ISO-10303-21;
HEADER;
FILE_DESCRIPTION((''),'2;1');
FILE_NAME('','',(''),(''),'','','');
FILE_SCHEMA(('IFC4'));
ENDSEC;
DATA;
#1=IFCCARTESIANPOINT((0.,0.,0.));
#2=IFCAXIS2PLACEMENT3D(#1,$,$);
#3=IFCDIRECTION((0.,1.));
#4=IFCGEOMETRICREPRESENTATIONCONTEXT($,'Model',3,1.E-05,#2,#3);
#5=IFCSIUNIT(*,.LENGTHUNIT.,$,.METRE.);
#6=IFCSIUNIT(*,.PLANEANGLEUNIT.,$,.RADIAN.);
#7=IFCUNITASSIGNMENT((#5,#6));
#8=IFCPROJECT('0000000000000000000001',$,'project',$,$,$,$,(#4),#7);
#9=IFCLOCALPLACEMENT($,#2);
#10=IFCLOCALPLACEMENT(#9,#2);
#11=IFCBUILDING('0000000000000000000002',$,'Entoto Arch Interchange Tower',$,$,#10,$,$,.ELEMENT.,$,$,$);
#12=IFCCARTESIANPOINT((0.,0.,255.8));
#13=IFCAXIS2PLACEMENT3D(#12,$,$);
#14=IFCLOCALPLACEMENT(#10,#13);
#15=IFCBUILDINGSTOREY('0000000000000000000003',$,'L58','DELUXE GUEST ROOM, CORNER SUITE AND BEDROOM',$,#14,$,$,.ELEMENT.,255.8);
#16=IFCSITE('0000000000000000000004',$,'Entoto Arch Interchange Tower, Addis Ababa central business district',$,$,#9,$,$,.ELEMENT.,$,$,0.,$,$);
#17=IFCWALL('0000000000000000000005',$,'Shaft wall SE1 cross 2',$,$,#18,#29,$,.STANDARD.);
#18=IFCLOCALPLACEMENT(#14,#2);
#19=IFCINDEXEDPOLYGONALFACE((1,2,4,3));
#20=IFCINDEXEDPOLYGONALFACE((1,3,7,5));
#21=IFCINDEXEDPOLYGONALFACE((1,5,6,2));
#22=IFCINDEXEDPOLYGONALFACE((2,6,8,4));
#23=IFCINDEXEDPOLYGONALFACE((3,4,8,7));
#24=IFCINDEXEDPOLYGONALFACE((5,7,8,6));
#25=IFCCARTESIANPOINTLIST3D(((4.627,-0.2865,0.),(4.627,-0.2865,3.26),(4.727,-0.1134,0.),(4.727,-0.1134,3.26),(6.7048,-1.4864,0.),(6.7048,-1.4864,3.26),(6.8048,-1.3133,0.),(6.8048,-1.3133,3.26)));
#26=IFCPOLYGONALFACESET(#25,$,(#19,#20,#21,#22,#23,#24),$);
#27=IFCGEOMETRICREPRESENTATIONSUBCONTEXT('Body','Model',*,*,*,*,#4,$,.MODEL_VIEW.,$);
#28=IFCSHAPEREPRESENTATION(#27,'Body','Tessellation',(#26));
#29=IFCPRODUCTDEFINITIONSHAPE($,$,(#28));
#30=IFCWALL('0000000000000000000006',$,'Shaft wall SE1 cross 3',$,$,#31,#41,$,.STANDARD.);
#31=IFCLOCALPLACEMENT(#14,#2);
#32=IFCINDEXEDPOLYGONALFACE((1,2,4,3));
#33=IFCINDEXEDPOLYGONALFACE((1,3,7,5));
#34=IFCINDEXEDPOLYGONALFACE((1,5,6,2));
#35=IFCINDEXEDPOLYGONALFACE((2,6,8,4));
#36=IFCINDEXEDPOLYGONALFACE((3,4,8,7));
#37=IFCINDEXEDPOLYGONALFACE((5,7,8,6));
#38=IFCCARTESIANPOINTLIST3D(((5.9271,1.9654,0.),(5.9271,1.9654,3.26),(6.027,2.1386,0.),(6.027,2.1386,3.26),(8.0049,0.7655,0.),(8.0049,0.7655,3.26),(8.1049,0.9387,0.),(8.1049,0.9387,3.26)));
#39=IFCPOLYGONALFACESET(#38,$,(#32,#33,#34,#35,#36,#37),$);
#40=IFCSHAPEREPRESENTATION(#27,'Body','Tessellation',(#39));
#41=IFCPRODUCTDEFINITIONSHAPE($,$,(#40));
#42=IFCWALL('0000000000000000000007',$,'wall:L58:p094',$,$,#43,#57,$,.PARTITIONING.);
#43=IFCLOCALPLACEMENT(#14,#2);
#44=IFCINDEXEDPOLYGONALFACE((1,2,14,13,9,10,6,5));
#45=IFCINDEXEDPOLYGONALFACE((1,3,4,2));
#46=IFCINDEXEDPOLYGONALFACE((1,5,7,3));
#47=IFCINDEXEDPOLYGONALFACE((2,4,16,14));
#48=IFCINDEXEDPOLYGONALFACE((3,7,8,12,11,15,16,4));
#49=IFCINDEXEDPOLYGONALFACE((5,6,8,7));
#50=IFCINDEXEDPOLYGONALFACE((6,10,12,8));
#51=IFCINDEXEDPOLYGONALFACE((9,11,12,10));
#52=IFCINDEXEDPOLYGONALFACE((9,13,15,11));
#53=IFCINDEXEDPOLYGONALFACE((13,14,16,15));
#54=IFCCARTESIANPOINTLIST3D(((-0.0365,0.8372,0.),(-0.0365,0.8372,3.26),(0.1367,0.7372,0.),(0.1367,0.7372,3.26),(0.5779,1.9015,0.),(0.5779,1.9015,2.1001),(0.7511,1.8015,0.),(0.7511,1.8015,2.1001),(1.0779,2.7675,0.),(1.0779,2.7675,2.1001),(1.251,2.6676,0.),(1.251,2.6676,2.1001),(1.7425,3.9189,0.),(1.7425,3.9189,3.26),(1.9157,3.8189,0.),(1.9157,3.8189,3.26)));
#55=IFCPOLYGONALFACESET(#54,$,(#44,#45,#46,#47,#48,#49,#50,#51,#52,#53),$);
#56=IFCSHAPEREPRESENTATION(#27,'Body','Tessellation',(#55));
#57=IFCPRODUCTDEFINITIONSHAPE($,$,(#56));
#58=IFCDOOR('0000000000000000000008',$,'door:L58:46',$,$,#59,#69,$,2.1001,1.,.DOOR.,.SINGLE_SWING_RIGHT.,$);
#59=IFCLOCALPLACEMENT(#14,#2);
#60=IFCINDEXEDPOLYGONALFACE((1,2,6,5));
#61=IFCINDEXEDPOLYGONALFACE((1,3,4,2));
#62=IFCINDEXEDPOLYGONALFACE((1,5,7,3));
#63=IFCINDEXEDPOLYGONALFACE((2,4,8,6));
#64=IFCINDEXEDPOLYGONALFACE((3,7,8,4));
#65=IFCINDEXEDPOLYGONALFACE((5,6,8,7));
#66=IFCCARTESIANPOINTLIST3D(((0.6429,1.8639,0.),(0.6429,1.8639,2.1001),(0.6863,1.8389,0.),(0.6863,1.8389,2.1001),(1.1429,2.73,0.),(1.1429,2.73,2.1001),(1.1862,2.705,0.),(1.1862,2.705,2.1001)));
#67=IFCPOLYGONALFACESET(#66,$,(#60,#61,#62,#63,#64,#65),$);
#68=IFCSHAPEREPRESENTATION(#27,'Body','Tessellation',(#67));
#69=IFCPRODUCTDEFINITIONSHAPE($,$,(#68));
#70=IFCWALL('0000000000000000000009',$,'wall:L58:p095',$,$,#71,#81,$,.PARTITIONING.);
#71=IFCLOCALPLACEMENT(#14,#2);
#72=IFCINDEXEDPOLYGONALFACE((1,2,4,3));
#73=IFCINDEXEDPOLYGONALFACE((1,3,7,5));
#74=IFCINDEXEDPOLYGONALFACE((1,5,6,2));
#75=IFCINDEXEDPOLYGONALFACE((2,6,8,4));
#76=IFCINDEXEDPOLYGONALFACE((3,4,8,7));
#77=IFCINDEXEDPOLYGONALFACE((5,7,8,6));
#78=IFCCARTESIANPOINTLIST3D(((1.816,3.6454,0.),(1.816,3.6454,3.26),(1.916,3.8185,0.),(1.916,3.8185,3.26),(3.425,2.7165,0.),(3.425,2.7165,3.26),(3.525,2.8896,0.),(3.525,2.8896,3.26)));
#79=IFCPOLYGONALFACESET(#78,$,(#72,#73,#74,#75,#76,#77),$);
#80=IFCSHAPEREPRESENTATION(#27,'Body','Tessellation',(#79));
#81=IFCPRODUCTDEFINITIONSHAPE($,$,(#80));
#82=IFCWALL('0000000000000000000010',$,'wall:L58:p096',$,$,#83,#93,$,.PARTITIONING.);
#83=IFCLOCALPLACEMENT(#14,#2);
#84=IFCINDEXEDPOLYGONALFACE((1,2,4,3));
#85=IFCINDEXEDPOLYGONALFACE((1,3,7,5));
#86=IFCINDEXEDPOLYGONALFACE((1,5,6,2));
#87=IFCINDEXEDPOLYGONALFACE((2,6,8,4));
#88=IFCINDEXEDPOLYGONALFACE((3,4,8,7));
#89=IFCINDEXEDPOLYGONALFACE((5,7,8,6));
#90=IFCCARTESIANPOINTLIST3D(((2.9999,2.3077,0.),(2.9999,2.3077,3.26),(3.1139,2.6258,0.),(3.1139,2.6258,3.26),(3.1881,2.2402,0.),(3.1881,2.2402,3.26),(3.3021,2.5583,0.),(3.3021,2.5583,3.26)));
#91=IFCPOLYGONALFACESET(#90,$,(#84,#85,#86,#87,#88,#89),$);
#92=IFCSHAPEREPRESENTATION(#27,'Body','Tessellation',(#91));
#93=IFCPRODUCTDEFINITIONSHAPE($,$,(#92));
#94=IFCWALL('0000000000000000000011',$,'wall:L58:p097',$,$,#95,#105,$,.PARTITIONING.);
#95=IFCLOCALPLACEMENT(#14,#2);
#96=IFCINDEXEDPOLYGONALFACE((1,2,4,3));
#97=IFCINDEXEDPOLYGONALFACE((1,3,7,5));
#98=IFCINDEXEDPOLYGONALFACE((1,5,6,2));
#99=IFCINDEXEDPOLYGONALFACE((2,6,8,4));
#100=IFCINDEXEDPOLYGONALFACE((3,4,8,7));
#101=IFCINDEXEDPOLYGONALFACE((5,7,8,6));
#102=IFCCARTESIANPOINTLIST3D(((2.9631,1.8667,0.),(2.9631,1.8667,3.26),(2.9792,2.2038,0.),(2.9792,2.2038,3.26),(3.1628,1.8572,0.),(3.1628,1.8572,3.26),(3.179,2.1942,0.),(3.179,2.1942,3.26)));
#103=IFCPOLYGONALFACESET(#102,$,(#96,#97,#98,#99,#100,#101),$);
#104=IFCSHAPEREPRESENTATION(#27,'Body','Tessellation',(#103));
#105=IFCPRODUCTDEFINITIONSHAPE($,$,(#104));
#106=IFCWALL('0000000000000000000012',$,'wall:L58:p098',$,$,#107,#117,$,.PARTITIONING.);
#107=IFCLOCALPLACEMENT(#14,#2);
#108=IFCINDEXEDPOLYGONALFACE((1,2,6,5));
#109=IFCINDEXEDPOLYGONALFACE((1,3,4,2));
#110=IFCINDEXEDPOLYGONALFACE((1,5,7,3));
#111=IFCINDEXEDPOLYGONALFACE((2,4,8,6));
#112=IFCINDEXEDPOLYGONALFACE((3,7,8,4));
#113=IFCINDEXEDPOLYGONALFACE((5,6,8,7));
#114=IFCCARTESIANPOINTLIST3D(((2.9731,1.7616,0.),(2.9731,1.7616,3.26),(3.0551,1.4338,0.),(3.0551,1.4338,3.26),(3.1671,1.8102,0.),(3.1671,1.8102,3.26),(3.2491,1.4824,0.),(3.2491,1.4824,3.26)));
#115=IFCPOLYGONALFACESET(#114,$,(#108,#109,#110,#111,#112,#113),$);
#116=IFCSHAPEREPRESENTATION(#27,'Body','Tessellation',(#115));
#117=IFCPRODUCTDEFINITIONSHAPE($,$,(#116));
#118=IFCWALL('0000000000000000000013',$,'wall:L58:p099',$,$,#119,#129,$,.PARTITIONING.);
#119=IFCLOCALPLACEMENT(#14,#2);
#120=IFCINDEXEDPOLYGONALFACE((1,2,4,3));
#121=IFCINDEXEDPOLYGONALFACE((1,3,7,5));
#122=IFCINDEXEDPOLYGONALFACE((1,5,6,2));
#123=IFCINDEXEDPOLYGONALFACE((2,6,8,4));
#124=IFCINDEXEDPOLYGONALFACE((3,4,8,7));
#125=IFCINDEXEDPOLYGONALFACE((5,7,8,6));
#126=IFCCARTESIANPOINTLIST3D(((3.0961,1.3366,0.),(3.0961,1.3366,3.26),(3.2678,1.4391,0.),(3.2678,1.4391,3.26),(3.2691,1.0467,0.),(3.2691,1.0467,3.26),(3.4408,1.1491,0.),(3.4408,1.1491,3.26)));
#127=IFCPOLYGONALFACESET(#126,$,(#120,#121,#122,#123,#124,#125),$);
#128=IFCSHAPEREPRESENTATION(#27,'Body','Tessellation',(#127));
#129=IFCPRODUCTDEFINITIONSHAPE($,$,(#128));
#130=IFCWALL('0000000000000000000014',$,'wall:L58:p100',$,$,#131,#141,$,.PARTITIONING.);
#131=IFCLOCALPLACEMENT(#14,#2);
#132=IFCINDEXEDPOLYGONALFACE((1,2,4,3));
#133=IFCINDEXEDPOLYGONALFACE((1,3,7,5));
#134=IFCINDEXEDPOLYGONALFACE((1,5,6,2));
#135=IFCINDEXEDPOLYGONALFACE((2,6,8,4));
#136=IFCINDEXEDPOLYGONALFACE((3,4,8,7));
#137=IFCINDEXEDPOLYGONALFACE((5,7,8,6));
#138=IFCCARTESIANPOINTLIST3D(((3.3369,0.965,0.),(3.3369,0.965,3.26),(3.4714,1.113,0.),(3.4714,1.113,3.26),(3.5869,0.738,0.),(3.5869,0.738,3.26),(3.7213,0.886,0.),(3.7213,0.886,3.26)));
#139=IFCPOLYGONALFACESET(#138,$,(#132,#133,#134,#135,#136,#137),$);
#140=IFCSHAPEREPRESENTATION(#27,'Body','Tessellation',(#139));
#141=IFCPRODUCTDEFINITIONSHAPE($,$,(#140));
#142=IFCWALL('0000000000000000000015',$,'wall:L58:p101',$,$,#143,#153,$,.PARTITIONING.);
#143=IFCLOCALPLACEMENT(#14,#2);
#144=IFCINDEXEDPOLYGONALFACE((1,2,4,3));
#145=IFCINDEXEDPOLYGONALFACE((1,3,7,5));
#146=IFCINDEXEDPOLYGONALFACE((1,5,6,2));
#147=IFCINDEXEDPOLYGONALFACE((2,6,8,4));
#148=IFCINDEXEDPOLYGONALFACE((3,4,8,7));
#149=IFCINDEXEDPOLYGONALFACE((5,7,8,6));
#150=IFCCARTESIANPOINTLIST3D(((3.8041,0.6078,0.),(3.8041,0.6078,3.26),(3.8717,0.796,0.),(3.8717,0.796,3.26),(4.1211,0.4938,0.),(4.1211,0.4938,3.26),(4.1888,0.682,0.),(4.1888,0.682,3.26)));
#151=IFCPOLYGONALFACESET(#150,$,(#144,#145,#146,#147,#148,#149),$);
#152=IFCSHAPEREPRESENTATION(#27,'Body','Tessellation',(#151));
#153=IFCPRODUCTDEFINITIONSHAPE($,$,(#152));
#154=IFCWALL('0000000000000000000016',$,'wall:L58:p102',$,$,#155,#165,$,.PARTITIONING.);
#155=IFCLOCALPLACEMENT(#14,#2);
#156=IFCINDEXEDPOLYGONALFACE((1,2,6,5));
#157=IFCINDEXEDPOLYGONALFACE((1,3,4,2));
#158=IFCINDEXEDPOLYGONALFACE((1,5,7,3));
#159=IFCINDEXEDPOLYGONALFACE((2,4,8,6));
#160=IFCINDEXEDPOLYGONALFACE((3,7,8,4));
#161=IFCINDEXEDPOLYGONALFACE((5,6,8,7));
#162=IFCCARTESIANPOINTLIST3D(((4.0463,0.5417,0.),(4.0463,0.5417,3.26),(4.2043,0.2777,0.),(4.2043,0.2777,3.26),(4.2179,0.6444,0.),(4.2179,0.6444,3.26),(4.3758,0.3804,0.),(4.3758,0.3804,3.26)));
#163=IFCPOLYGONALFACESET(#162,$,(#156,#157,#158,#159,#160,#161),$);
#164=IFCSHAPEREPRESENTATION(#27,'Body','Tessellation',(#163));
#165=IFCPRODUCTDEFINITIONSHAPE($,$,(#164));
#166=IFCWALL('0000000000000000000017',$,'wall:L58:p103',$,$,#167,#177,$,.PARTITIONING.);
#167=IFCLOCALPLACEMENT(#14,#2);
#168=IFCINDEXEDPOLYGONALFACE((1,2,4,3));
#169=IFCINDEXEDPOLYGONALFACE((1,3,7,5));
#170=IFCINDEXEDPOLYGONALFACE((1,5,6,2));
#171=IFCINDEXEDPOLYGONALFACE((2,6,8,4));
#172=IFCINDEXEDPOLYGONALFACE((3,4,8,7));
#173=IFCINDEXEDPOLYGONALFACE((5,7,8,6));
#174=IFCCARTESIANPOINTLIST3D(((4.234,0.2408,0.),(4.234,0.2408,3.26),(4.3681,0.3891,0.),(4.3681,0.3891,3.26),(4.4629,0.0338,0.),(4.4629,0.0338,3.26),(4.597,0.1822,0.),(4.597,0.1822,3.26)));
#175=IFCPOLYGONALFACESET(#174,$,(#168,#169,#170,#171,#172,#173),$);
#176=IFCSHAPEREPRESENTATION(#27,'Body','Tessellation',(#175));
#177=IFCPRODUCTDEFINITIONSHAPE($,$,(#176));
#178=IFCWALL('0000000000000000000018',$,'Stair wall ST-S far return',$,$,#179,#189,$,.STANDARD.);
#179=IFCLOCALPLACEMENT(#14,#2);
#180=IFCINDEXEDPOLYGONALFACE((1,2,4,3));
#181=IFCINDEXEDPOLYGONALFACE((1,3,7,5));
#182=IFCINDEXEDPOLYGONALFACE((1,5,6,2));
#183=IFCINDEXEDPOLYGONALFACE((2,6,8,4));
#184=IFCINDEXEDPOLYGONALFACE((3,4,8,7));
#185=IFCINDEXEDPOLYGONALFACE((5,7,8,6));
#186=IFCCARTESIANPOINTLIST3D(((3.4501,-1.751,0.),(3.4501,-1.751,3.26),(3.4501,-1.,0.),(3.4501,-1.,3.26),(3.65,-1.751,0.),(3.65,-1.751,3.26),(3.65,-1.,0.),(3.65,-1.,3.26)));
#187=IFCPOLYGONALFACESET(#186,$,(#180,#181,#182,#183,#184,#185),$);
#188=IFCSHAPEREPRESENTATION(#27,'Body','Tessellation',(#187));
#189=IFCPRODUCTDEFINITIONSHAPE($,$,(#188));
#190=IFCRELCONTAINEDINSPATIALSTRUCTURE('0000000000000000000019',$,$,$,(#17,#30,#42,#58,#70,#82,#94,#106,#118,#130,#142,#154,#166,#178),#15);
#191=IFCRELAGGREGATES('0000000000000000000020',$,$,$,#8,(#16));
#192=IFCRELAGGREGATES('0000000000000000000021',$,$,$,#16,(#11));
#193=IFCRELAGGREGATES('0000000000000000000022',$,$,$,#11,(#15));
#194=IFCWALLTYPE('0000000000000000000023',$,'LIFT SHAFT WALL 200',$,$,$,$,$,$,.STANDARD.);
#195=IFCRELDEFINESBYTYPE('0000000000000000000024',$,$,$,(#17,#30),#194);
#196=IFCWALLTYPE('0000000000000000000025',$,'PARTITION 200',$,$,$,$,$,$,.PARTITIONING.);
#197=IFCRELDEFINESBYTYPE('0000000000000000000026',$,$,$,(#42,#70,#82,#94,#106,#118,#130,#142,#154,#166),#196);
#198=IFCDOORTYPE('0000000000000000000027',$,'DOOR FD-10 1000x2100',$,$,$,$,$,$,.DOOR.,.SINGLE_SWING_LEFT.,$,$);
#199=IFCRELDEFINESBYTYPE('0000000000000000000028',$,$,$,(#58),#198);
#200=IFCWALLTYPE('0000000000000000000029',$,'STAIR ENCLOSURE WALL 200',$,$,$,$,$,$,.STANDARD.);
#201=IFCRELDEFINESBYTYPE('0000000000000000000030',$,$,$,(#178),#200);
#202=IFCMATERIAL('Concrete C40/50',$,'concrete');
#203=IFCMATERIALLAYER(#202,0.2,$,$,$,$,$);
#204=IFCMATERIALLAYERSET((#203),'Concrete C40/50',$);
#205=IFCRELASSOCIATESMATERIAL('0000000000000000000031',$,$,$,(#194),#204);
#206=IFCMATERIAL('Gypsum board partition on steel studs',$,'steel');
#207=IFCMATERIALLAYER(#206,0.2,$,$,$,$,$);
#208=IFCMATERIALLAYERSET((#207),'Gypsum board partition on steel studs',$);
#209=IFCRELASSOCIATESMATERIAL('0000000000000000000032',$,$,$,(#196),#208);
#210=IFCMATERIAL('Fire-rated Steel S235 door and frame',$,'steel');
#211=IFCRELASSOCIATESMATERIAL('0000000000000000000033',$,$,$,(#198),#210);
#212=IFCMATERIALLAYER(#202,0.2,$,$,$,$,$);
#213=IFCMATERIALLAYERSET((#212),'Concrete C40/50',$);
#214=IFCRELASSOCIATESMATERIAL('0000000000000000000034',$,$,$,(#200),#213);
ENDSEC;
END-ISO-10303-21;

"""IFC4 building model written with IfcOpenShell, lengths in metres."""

from ifc_helpers import new_model, si_unit, direction, frame, frame_2d, origin, place, context, subcontext, project, spatial, rectangle, extrude, material, layer, layer_set, type_object, element, fill, save


model = new_model("IFC4")

# Units and contexts
model_context = context("Model", 3, precision=1e-05, world=origin(), true_north=direction((0.0, 1.0)))
body_context = subcontext(model_context, "Body", "Model", "MODEL_VIEW")
ifc_project = project(units=[si_unit("LENGTHUNIT", "METRE"), si_unit("PLANEANGLEUNIT", "RADIAN")], contexts=[model_context])

# Site, building, storey
site_placement = place(None, origin())
site = spatial("IfcSite", under=ifc_project, at=site_placement, Name="Entoto Arch Interchange Tower, Addis Ababa central business district", CompositionType="ELEMENT", RefElevation=0.0)
building_placement = place(site_placement, origin())
building = spatial("IfcBuilding", under=site, at=building_placement, Name="Entoto Arch Interchange Tower", CompositionType="ELEMENT")
storey_placement = place(building_placement, frame((0.0, 0.0, 255.8)))
storey = spatial("IfcBuildingStorey", under=building, at=storey_placement, Name="L58", Description="DELUXE GUEST ROOM, CORNER SUITE AND BEDROOM", CompositionType="ELEMENT", Elevation=255.8)

# Walls
ifc_material_1 = material(Name="Concrete C40/50", Category="concrete")
ifc_layer_1 = layer(ifc_material_1, 0.2)
ifc_layer_set_1 = layer_set([ifc_layer_1], Name="Concrete C40/50")
wall_type_1 = type_object("IfcWallType", Name="LIFT SHAFT WALL 200", PredefinedType="STANDARD", material=ifc_layer_set_1)
for number, where, z_axis, x_axis, name in (
    (1, (4.677, -0.2, 0.0), (0.0, 0.0, 1.0), (0.865974, -0.500089, 0.0), "Shaft wall SE1 cross 2"),
    (2, (5.9771, 2.052, 0.0), (0.0, 0.0, 1.0), (0.865974, -0.500089, 0.0), "Shaft wall SE1 cross 3"),
):
    element("IfcWall", number, at=place(storey_placement, frame(where, z_axis=z_axis, x_axis=x_axis)), inside=storey, type_object=wall_type_1, Name=name, PredefinedType="STANDARD", context=body_context, shape_type="SweptSolid", body=[
        extrude(rectangle(XDim=2.3994, YDim=0.2, at=frame_2d((1.1997, 0.0))), origin(), (0.0, 0.0, 1.0), 3.26),
    ])

# Wall, opening, door
ifc_material_2 = material(Name="Gypsum board partition on steel studs", Category="steel")
ifc_layer_2 = layer(ifc_material_2, 0.2)
ifc_layer_set_2 = layer_set([ifc_layer_2], Name="Gypsum board partition on steel studs")
wall_type_2 = type_object("IfcWallType", Name="PARTITION 200", PredefinedType="PARTITIONING", material=ifc_layer_set_2)
wall_1_placement = place(storey_placement, frame((0.05, 0.7871, 0.0), z_axis=(0.0, 0.0, 1.0), x_axis=(0.499954, 0.866052, 0.0)))
wall_1 = element("IfcWall", 3, at=wall_1_placement, inside=storey, type_object=wall_type_2, Name="wall:L58:p094", PredefinedType="PARTITIONING", context=body_context, shape_type="SweptSolid", body=[
    extrude(rectangle(XDim=3.5583, YDim=0.2, at=frame_2d((1.7793, 0.0))), origin(), (0.0, 0.0, 1.0), 3.26),
])
opening_1_placement = place(wall_1_placement, frame((1.229, 0.0, 0.0)))
opening_1 = element("IfcOpeningElement", 4, at=opening_1_placement, cuts=wall_1, PredefinedType="OPENING", context=body_context, shape_type="SweptSolid", body=[
    extrude(rectangle(XDim=1.0, YDim=2.1001, at=frame_2d((0.5, 1.05))), frame((0.0, 0.1099, 0.0), z_axis=(0.0, -1.0, 0.0), x_axis=(1.0, 0.0, 0.0)), (0.0, 0.0, 1.0), 0.22),
])
ifc_material_3 = material(Name="Fire-rated Steel S235 door and frame", Category="steel")
door_type_1 = type_object("IfcDoorType", Name="DOOR FD-10 1000x2100", OperationType="SINGLE_SWING_LEFT", PredefinedType="DOOR", material=ifc_material_3)
door_1_placement = place(opening_1_placement, origin())
door_1 = element("IfcDoor", 5, at=door_1_placement, inside=storey, type_object=door_type_1, Name="door:L58:46", OperationType="SINGLE_SWING_RIGHT", OverallHeight=2.1001, OverallWidth=1.0, PredefinedType="DOOR", context=body_context, shape_type="SweptSolid", body=[
    extrude(rectangle(XDim=1.0, YDim=2.1001, at=frame_2d((0.5, 1.05))), frame((0.0, 0.0249, 0.0), z_axis=(0.0, -1.0, 0.0), x_axis=(1.0, 0.0, 0.0)), (0.0, 0.0, 1.0), 0.05),
])
fill(opening_1, door_1)

# Walls
wall_2_placement = place(storey_placement, frame((1.866, 3.7319, 0.0), z_axis=(0.0, 0.0, 1.0), x_axis=(0.866043, -0.499969, 0.0)))
element("IfcWall", 6, at=wall_2_placement, inside=storey, type_object=wall_type_2, Name="wall:L58:p095", PredefinedType="PARTITIONING", context=body_context, shape_type="SweptSolid", body=[
    extrude(rectangle(XDim=1.8579, YDim=0.2, at=frame_2d((0.929, 0.0))), origin(), (0.0, 0.0, 1.0), 3.26),
])
wall_3_placement = place(storey_placement, frame((3.208, 2.592, 0.0), z_axis=(0.0, 0.0, 1.0), x_axis=(-0.337389, -0.941365, 0.0)))
element("IfcWall", 7, at=wall_3_placement, inside=storey, type_object=wall_type_2, Name="wall:L58:p096", PredefinedType="PARTITIONING", context=body_context, shape_type="SweptSolid", body=[
    extrude(rectangle(XDim=0.3379, YDim=0.2, at=frame_2d((0.1689, 0.0))), origin(), (0.0, 0.0, 1.0), 3.26),
])
wall_4_placement = place(storey_placement, frame((3.0791, 2.199, 0.0), z_axis=(0.0, 0.0, 1.0), x_axis=(-0.047771, -0.998858, 0.0)))
element("IfcWall", 8, at=wall_4_placement, inside=storey, type_object=wall_type_2, Name="wall:L58:p097", PredefinedType="PARTITIONING", context=body_context, shape_type="SweptSolid", body=[
    extrude(rectangle(XDim=0.3374, YDim=0.2, at=frame_2d((0.1687, 0.0))), origin(), (0.0, 0.0, 1.0), 3.26),
])
wall_5_placement = place(storey_placement, frame((3.0701, 1.7859, 0.0), z_axis=(0.0, 0.0, 1.0), x_axis=(0.242706, -0.9701, 0.0)))
element("IfcWall", 9, at=wall_5_placement, inside=storey, type_object=wall_type_2, Name="wall:L58:p098", PredefinedType="PARTITIONING", context=body_context, shape_type="SweptSolid", body=[
    extrude(rectangle(XDim=0.3379, YDim=0.2, at=frame_2d((0.1689, 0.0))), origin(), (0.0, 0.0, 1.0), 3.26),
])
for number, where, z_axis, x_axis, name in (
    (10, (3.1819, 1.3879, 0.0), (0.0, 0.0, 1.0), (0.512475, -0.858702, 0.0), "wall:L58:p099"),
    (11, (3.4041, 1.0391, 0.0), (0.0, 0.0, 1.0), (0.740267, -0.672313, 0.0), "wall:L58:p100"),
):
    element("IfcWall", number, at=place(storey_placement, frame(where, z_axis=z_axis, x_axis=x_axis)), inside=storey, type_object=wall_type_2, Name=name, PredefinedType="PARTITIONING", context=body_context, shape_type="SweptSolid", body=[
        extrude(rectangle(XDim=0.3376, YDim=0.2, at=frame_2d((0.1689, 0.0))), origin(), (0.0, 0.0, 1.0), 3.26),
    ])
wall_6_placement = place(storey_placement, frame((3.8379, 0.7019, 0.0), z_axis=(0.0, 0.0, 1.0), x_axis=(0.941035, -0.338309, 0.0)))
element("IfcWall", 12, at=wall_6_placement, inside=storey, type_object=wall_type_2, Name="wall:L58:p101", PredefinedType="PARTITIONING", context=body_context, shape_type="SweptSolid", body=[
    extrude(rectangle(XDim=0.3369, YDim=0.2, at=frame_2d((0.1685, 0.0))), origin(), (0.0, 0.0, 1.0), 3.26),
])
wall_7_placement = place(storey_placement, frame((4.1321, 0.593, 0.0), z_axis=(0.0, 0.0, 1.0), x_axis=(0.513562, -0.858053, 0.0)))
element("IfcWall", 13, at=wall_7_placement, inside=storey, type_object=wall_type_2, Name="wall:L58:p102", PredefinedType="PARTITIONING", context=body_context, shape_type="SweptSolid", body=[
    extrude(rectangle(XDim=0.3076, YDim=0.2, at=frame_2d((0.1538, 0.0))), origin(), (0.0, 0.0, 1.0), 3.26),
])
wall_8_placement = place(storey_placement, frame((4.301, 0.3149, 0.0), z_axis=(0.0, 0.0, 1.0), x_axis=(0.741798, -0.670623, 0.0)))
element("IfcWall", 14, at=wall_8_placement, inside=storey, type_object=wall_type_2, Name="wall:L58:p103", PredefinedType="PARTITIONING", context=body_context, shape_type="SweptSolid", body=[
    extrude(rectangle(XDim=0.3086, YDim=0.2, at=frame_2d((0.1543, 0.0))), origin(), (0.0, 0.0, 1.0), 3.26),
])
ifc_layer_3 = layer(ifc_material_1, 0.2)
ifc_layer_set_3 = layer_set([ifc_layer_3], Name="Concrete C40/50")
wall_type_3 = type_object("IfcWallType", Name="STAIR ENCLOSURE WALL 200", PredefinedType="STANDARD", material=ifc_layer_set_3)
wall_9_placement = place(storey_placement, frame((3.55, -1.0, 0.0), z_axis=(0.0, 0.0, 1.0), x_axis=(0.0, -1.0, 0.0)))
element("IfcWall", 15, at=wall_9_placement, inside=storey, type_object=wall_type_3, Name="Stair wall ST-S far return", PredefinedType="STANDARD", context=body_context, shape_type="SweptSolid", body=[
    extrude(rectangle(XDim=0.751, YDim=0.2, at=frame_2d((0.3755, 0.0))), origin(), (0.0, 0.0, 1.0), 3.26),
])

save(model, "model.ifc")
